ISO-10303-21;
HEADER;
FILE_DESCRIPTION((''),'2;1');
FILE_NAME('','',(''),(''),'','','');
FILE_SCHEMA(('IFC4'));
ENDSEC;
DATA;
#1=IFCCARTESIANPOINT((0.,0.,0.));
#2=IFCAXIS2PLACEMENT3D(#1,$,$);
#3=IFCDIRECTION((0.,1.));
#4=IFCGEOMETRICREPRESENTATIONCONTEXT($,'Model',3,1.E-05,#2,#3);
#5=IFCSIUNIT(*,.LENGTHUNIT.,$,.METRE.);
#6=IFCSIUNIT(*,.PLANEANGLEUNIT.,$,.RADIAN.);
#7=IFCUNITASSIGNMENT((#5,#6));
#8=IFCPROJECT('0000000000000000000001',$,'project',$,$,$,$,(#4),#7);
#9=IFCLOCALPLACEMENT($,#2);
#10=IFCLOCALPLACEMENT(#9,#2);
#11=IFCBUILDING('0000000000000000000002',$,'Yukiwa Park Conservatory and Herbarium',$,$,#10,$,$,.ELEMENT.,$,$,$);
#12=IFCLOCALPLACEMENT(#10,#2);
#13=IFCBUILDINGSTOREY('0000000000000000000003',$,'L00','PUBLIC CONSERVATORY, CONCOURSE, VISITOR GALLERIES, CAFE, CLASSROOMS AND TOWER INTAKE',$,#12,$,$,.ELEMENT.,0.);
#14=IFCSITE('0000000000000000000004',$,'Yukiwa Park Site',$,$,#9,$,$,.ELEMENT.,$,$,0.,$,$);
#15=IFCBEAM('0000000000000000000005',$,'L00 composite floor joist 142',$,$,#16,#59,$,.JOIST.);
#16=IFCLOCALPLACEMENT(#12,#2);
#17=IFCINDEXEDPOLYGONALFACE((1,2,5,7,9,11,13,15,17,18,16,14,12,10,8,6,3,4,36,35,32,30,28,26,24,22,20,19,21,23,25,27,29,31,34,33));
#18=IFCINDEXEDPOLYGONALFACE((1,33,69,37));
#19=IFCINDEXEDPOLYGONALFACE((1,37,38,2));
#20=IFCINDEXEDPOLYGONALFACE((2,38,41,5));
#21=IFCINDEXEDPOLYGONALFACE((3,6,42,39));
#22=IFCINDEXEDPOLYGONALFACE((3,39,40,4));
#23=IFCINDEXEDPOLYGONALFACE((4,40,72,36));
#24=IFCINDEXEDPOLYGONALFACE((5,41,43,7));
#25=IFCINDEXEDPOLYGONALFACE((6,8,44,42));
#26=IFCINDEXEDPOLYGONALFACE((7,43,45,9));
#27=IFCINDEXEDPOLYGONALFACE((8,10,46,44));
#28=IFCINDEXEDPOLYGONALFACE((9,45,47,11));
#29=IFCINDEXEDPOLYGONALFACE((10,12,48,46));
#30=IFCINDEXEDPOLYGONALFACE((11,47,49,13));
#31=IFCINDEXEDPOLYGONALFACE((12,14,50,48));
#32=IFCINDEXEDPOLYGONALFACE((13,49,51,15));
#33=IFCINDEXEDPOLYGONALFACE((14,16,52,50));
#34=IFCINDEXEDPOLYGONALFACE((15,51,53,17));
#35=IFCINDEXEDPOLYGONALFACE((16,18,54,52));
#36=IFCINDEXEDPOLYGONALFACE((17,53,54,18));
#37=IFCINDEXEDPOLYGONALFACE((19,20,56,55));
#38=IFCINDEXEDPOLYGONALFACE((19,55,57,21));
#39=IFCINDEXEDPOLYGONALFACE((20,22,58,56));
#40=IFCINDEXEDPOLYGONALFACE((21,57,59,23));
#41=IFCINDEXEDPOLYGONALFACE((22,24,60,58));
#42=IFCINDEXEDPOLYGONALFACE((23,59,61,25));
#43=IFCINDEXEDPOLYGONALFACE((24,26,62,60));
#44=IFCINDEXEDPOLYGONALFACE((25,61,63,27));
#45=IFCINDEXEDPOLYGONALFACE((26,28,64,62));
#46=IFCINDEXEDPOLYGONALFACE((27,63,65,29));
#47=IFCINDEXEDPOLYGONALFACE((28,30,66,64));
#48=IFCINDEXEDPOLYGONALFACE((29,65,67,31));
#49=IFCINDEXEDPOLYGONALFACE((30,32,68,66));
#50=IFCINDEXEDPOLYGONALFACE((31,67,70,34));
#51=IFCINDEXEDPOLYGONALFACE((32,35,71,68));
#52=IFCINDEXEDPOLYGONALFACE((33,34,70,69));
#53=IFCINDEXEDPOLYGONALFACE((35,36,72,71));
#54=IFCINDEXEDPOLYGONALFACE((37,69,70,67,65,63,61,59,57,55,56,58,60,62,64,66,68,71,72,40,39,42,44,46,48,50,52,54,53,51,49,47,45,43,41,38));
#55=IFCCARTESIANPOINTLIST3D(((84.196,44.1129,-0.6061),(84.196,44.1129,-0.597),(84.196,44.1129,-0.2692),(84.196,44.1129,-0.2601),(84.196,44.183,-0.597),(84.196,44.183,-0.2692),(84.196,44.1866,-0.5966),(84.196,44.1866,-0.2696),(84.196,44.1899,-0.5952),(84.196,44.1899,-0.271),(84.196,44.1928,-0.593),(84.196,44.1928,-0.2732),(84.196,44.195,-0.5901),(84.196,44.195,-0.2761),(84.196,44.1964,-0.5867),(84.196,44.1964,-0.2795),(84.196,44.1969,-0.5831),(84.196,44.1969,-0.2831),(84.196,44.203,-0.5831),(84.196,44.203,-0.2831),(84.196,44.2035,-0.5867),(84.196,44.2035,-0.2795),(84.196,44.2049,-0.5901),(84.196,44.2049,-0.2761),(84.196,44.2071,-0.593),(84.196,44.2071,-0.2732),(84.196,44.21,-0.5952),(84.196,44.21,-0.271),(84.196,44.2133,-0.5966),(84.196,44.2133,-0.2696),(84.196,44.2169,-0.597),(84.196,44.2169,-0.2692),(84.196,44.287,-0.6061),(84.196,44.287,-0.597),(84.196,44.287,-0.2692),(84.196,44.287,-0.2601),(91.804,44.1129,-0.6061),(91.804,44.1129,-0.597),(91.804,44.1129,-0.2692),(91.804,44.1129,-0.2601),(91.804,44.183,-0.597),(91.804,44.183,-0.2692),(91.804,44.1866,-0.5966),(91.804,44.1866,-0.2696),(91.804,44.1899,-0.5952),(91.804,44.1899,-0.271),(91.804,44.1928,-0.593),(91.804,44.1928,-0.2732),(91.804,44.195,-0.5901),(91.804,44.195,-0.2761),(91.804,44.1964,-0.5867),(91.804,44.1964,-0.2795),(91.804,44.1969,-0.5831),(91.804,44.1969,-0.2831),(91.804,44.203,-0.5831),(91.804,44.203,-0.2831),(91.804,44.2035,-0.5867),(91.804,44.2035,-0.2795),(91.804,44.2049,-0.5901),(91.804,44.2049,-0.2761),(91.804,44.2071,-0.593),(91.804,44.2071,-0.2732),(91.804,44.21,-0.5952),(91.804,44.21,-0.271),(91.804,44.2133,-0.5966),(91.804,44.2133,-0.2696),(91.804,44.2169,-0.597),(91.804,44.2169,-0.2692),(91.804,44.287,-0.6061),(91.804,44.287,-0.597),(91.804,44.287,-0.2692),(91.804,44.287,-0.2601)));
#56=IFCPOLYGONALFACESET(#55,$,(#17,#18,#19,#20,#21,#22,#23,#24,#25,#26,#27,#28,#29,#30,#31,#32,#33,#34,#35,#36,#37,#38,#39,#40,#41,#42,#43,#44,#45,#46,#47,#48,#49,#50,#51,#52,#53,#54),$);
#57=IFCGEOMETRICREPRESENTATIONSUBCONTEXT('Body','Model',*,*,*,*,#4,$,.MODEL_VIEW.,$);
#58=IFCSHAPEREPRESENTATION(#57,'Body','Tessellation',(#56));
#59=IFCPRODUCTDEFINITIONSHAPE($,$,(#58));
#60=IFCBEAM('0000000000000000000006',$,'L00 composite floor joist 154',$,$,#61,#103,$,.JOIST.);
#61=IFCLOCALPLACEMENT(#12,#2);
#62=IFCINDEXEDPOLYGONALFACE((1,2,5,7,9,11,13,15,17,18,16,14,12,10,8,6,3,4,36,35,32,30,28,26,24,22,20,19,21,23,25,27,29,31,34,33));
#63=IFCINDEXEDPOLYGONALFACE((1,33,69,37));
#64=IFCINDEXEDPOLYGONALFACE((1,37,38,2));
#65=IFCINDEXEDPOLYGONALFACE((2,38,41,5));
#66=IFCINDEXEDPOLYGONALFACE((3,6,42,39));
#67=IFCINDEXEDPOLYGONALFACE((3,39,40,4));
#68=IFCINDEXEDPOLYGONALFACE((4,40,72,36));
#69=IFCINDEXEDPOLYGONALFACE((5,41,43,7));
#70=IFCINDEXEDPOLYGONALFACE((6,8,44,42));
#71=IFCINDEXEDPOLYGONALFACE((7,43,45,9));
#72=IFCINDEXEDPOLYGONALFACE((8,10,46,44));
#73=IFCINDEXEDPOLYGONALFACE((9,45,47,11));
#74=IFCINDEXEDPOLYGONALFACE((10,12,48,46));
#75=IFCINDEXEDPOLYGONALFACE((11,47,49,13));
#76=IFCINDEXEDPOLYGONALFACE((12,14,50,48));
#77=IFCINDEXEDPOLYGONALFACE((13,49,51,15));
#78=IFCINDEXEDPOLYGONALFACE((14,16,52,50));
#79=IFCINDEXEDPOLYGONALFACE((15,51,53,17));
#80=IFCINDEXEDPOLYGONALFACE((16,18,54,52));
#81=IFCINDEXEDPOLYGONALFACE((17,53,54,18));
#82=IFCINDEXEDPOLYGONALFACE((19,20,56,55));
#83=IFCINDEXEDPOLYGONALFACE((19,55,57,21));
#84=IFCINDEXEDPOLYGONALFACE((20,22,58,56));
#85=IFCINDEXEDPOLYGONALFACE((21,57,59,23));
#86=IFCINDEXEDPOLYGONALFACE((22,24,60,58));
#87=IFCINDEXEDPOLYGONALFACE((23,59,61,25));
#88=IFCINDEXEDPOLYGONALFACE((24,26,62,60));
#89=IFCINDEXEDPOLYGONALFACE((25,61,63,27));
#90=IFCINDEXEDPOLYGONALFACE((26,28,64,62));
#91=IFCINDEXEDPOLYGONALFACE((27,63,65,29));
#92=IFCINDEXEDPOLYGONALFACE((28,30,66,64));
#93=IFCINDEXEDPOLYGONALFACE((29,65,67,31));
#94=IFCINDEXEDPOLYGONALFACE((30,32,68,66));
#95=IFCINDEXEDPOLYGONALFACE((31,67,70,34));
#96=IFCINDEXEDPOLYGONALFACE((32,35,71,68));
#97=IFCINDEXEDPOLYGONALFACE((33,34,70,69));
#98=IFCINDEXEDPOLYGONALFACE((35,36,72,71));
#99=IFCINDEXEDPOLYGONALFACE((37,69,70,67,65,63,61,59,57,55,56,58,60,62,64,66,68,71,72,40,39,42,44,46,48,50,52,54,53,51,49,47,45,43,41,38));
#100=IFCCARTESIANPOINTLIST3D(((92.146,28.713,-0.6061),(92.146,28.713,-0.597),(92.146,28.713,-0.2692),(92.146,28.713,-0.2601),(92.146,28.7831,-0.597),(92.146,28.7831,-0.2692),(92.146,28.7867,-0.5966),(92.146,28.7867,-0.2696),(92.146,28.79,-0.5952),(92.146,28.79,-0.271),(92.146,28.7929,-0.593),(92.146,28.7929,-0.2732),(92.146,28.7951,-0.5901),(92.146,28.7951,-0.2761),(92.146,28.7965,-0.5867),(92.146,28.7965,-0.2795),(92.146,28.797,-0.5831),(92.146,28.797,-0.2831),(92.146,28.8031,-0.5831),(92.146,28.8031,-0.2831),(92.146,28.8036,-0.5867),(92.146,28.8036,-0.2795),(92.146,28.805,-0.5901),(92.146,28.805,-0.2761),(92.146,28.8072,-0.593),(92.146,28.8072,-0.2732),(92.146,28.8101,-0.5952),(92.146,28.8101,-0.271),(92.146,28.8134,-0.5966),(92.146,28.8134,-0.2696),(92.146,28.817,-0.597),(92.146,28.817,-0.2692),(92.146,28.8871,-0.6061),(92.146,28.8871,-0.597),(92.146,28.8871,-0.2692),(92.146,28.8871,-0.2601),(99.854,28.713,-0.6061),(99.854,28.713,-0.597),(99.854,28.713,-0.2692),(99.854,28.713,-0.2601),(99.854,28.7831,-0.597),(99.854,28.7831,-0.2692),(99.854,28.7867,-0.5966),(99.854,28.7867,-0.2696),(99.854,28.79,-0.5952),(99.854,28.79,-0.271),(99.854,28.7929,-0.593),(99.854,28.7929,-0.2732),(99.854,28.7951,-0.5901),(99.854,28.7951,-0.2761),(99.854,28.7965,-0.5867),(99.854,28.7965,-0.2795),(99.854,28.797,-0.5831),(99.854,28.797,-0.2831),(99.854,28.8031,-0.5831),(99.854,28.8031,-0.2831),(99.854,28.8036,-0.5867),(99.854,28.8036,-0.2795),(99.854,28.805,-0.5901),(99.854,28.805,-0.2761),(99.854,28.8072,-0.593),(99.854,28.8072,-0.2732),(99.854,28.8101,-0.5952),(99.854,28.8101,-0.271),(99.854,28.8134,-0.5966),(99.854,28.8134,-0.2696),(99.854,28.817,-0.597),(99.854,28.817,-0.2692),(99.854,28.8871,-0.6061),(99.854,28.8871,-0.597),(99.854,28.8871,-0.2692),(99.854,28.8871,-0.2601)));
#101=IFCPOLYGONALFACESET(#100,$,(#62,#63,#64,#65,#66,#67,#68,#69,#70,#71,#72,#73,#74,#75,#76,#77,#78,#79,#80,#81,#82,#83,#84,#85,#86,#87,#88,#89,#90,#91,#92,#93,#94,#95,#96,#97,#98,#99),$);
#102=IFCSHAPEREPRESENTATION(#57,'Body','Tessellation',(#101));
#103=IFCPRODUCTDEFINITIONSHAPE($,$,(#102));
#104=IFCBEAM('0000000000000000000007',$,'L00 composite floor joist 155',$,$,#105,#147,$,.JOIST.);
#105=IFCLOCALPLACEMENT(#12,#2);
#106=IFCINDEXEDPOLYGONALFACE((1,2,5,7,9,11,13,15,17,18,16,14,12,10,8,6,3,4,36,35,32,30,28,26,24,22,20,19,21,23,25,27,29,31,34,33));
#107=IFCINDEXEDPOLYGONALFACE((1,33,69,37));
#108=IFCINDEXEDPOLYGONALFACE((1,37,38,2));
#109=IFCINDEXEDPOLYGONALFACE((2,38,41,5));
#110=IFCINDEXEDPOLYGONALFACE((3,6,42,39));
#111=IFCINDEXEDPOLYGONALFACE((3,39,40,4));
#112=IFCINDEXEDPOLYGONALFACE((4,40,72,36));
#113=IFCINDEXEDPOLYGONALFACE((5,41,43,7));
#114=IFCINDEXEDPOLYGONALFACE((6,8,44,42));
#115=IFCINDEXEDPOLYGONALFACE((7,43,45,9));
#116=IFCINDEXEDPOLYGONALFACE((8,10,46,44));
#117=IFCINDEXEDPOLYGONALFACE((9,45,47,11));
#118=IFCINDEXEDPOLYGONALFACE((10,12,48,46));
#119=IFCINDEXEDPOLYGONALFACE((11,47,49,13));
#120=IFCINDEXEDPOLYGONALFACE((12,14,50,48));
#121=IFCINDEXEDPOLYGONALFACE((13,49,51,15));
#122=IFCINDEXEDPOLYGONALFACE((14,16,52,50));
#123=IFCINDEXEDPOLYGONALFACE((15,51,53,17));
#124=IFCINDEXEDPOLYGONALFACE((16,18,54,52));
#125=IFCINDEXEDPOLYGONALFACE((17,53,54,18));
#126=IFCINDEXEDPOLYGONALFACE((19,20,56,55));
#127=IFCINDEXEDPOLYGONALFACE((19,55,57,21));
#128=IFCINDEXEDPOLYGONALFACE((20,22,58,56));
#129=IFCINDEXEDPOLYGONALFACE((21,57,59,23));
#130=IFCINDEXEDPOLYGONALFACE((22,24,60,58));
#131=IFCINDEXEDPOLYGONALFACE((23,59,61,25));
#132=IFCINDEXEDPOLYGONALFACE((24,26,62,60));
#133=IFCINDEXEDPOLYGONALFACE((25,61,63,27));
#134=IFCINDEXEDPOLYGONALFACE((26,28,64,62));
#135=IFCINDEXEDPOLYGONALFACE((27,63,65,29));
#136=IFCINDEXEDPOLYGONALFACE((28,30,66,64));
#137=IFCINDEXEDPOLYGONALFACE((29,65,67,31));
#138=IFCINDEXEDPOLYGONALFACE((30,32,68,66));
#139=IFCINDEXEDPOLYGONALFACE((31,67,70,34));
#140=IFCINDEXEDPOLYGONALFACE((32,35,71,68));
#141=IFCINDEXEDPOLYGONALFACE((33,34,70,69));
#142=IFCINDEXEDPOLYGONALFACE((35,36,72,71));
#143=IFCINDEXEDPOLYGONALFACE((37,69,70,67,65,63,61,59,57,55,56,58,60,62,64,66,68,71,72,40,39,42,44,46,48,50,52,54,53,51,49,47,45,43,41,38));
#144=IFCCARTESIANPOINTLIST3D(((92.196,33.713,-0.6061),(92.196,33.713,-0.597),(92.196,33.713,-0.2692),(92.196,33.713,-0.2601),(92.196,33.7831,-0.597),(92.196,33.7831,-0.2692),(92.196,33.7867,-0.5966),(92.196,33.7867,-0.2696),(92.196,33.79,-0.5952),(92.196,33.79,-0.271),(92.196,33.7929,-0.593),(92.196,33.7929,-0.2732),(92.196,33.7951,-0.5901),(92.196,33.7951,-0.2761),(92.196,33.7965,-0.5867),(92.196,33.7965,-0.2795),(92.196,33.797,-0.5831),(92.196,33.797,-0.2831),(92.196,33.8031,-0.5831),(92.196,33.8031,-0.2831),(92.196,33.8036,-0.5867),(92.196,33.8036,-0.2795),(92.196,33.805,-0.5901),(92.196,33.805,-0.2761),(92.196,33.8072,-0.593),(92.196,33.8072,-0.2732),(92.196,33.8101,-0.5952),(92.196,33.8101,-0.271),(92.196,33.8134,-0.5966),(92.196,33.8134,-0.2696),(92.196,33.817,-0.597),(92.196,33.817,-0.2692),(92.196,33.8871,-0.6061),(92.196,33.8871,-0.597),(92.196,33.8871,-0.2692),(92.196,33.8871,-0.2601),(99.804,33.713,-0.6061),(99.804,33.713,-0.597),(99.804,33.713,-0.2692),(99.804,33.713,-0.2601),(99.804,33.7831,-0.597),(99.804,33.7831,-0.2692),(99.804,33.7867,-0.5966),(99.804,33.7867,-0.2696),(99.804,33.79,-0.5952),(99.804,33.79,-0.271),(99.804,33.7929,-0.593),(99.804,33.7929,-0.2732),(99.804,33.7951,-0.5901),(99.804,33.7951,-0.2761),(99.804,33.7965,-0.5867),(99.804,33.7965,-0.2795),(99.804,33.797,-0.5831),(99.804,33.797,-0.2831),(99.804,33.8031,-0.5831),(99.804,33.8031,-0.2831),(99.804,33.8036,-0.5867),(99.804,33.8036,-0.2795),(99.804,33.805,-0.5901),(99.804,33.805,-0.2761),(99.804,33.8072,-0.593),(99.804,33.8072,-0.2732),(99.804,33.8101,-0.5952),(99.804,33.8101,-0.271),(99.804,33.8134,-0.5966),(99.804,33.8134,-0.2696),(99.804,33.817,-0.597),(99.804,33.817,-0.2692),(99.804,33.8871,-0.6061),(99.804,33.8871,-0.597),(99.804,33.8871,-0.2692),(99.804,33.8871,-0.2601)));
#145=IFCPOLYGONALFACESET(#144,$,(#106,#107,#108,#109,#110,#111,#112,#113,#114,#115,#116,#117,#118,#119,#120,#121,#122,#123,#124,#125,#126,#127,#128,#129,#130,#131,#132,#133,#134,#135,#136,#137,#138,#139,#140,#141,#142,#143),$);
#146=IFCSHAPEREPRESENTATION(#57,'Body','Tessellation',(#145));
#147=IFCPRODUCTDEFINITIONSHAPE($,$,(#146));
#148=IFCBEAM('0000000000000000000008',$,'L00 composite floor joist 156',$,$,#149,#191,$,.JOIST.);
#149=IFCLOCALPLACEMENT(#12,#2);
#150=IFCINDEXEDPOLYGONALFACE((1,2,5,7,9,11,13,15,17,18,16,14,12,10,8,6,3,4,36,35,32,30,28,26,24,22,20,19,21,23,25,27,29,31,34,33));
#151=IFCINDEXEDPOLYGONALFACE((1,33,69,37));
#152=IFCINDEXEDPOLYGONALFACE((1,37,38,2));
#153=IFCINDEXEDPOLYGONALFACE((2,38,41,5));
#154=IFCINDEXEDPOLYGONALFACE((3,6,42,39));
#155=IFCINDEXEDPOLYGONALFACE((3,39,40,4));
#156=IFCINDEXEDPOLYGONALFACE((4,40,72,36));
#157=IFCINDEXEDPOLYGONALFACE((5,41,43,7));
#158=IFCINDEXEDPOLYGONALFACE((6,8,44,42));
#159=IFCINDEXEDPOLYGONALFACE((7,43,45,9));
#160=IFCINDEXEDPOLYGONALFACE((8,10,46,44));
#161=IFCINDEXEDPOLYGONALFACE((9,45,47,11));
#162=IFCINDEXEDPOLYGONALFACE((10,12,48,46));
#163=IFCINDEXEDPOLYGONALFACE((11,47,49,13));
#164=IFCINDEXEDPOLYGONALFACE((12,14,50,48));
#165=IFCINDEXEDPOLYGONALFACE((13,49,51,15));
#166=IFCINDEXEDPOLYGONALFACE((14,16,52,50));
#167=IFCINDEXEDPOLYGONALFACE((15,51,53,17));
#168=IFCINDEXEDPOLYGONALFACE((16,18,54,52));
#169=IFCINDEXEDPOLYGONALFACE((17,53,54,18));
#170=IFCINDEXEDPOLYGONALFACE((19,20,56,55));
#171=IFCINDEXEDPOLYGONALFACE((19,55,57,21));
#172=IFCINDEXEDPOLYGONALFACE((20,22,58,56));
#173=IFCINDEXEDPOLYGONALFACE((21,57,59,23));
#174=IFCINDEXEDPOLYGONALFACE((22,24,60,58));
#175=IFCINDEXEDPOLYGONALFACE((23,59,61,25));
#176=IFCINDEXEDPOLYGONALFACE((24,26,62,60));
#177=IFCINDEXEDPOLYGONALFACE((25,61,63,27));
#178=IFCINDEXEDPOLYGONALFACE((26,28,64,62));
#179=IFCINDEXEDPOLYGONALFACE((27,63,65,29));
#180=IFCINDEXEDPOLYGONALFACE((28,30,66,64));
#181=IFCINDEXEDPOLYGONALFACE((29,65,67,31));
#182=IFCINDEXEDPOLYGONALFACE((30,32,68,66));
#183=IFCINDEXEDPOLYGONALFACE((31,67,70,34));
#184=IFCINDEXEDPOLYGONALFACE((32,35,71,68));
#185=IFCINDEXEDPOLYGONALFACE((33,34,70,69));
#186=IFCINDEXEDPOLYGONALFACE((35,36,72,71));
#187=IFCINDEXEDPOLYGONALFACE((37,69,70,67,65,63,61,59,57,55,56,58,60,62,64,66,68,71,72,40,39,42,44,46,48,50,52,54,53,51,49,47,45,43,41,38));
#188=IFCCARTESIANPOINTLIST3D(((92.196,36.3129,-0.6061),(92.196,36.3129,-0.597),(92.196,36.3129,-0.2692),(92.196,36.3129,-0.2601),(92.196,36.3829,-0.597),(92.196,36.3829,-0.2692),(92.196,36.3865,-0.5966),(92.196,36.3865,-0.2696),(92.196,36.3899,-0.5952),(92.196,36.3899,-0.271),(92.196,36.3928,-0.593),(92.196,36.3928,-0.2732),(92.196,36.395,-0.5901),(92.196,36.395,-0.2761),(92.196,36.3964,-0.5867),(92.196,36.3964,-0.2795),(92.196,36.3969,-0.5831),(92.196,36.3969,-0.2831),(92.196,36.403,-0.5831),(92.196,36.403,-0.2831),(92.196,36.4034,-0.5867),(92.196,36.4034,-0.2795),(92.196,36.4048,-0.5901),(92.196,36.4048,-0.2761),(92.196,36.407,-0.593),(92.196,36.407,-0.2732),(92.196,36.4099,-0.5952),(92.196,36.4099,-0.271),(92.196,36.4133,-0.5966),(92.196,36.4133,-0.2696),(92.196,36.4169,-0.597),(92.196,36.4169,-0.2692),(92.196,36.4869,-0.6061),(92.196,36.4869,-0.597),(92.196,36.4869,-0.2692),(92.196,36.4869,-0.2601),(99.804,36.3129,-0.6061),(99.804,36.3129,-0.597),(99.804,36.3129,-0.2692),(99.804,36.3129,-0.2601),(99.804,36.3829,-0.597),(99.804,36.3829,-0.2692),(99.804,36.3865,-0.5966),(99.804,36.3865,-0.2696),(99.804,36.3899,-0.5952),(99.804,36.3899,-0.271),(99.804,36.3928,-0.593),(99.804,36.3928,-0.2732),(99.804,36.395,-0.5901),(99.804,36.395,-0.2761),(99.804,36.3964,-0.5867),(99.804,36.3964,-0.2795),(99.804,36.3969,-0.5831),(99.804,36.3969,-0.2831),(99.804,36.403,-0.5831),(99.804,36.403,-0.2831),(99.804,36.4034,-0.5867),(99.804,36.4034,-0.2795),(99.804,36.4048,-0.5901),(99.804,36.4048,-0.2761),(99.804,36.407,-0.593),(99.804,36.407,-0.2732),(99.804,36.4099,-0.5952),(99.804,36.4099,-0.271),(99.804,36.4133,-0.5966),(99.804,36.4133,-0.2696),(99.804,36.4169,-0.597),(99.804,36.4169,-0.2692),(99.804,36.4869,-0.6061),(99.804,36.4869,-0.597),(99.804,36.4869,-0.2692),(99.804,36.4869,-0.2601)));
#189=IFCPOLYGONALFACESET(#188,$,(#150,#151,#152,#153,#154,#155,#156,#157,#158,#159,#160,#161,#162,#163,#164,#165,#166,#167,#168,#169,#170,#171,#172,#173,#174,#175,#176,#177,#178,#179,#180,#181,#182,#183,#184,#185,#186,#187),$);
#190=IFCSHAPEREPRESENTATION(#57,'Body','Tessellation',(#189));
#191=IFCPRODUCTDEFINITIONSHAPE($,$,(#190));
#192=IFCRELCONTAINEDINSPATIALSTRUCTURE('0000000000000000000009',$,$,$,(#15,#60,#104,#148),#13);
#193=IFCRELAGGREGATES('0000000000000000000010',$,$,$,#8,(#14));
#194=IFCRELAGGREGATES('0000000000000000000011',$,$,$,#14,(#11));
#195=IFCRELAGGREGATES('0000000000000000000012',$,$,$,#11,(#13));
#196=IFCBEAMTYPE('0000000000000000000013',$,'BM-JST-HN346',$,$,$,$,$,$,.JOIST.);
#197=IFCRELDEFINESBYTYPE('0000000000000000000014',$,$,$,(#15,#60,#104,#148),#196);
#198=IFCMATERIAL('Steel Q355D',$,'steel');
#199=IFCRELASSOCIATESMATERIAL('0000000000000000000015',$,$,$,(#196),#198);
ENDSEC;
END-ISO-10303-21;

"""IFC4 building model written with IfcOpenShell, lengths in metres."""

from ifc_helpers import new_model, si_unit, direction, frame, origin, origin_2d, place, context, subcontext, project, spatial, i_section, extrude, material, material_profile, profile_set, type_object, element, save


model = new_model("IFC4")

# Units and contexts
model_context = context("Model", 3, precision=1e-05, world=origin(), true_north=direction((0.0, 1.0)))
body_context = subcontext(model_context, "Body", "Model", "MODEL_VIEW")
ifc_project = project(units=[si_unit("LENGTHUNIT", "METRE"), si_unit("PLANEANGLEUNIT", "RADIAN")], contexts=[model_context])

# Site, building, storey
site_placement = place(None, origin())
site = spatial("IfcSite", under=ifc_project, at=site_placement, Name="Yukiwa Park Site", CompositionType="ELEMENT", RefElevation=0.0)
building_placement = place(site_placement, origin())
building = spatial("IfcBuilding", under=site, at=building_placement, Name="Yukiwa Park Conservatory and Herbarium", CompositionType="ELEMENT")
storey_placement = place(building_placement, origin())
storey = spatial("IfcBuildingStorey", under=building, at=storey_placement, Name="L00", Description="PUBLIC CONSERVATORY, CONCOURSE, VISITOR GALLERIES, CAFE, CLASSROOMS AND TOWER INTAKE", CompositionType="ELEMENT", Elevation=0.0)

# Beams
ifc_material_1 = material(Name="Steel Q355D", Category="steel")
ifc_material_profile_1 = material_profile(ifc_material_1, i_section(OverallWidth=0.1741, OverallDepth=0.3459, WebThickness=0.0061, FlangeThickness=0.009, FilletRadius=0.0139, at=origin_2d()), Name="HN 346x174x6x9")
ifc_profile_set_1 = profile_set([ifc_material_profile_1], Name="Steel Q355D")
beam_type_1 = type_object("IfcBeamType", Name="BM-JST-HN346", PredefinedType="JOIST", material=ifc_profile_set_1)
for number, where, z_axis, x_axis, name in (
    (1, (84.196, 44.2, -0.4331), (1.0, 0.0, 0.0), (0.0, 1.0, 0.0), "L00 composite floor joist 142"),
):
    element("IfcBeam", number, at=place(storey_placement, frame(where, z_axis=z_axis, x_axis=x_axis)), inside=storey, type_object=beam_type_1, Name=name, PredefinedType="JOIST", context=body_context, shape_type="SweptSolid", body=[
        extrude(i_section(OverallWidth=0.1741, OverallDepth=0.3459, WebThickness=0.0061, FlangeThickness=0.009, FilletRadius=0.0139, at=origin_2d()), origin(), (0.0, 0.0, 1.0), 7.6079),
    ])
beam_1_placement = place(storey_placement, frame((92.146, 28.8, -0.4331), z_axis=(1.0, 0.0, 0.0), x_axis=(0.0, 1.0, 0.0)))
element("IfcBeam", 2, at=beam_1_placement, inside=storey, type_object=beam_type_1, Name="L00 composite floor joist 154", PredefinedType="JOIST", context=body_context, shape_type="SweptSolid", body=[
    extrude(i_section(OverallWidth=0.1741, OverallDepth=0.3459, WebThickness=0.0061, FlangeThickness=0.009, FilletRadius=0.0139, at=origin_2d()), origin(), (0.0, 0.0, 1.0), 7.708),
])
for number, where, z_axis, x_axis, name in (
    (3, (92.196, 33.8, -0.4331), (1.0, 0.0, 0.0), (0.0, 1.0, 0.0), "L00 composite floor joist 155"),
    (4, (92.196, 36.3999, -0.4331), (1.0, 0.0, 0.0), (0.0, 1.0, 0.0), "L00 composite floor joist 156"),
):
    element("IfcBeam", number, at=place(storey_placement, frame(where, z_axis=z_axis, x_axis=x_axis)), inside=storey, type_object=beam_type_1, Name=name, PredefinedType="JOIST", context=body_context, shape_type="SweptSolid", body=[
        extrude(i_section(OverallWidth=0.1741, OverallDepth=0.3459, WebThickness=0.0061, FlangeThickness=0.009, FilletRadius=0.0139, at=origin_2d()), origin(), (0.0, 0.0, 1.0), 7.6079),
    ])

save(model, "model.ifc")
